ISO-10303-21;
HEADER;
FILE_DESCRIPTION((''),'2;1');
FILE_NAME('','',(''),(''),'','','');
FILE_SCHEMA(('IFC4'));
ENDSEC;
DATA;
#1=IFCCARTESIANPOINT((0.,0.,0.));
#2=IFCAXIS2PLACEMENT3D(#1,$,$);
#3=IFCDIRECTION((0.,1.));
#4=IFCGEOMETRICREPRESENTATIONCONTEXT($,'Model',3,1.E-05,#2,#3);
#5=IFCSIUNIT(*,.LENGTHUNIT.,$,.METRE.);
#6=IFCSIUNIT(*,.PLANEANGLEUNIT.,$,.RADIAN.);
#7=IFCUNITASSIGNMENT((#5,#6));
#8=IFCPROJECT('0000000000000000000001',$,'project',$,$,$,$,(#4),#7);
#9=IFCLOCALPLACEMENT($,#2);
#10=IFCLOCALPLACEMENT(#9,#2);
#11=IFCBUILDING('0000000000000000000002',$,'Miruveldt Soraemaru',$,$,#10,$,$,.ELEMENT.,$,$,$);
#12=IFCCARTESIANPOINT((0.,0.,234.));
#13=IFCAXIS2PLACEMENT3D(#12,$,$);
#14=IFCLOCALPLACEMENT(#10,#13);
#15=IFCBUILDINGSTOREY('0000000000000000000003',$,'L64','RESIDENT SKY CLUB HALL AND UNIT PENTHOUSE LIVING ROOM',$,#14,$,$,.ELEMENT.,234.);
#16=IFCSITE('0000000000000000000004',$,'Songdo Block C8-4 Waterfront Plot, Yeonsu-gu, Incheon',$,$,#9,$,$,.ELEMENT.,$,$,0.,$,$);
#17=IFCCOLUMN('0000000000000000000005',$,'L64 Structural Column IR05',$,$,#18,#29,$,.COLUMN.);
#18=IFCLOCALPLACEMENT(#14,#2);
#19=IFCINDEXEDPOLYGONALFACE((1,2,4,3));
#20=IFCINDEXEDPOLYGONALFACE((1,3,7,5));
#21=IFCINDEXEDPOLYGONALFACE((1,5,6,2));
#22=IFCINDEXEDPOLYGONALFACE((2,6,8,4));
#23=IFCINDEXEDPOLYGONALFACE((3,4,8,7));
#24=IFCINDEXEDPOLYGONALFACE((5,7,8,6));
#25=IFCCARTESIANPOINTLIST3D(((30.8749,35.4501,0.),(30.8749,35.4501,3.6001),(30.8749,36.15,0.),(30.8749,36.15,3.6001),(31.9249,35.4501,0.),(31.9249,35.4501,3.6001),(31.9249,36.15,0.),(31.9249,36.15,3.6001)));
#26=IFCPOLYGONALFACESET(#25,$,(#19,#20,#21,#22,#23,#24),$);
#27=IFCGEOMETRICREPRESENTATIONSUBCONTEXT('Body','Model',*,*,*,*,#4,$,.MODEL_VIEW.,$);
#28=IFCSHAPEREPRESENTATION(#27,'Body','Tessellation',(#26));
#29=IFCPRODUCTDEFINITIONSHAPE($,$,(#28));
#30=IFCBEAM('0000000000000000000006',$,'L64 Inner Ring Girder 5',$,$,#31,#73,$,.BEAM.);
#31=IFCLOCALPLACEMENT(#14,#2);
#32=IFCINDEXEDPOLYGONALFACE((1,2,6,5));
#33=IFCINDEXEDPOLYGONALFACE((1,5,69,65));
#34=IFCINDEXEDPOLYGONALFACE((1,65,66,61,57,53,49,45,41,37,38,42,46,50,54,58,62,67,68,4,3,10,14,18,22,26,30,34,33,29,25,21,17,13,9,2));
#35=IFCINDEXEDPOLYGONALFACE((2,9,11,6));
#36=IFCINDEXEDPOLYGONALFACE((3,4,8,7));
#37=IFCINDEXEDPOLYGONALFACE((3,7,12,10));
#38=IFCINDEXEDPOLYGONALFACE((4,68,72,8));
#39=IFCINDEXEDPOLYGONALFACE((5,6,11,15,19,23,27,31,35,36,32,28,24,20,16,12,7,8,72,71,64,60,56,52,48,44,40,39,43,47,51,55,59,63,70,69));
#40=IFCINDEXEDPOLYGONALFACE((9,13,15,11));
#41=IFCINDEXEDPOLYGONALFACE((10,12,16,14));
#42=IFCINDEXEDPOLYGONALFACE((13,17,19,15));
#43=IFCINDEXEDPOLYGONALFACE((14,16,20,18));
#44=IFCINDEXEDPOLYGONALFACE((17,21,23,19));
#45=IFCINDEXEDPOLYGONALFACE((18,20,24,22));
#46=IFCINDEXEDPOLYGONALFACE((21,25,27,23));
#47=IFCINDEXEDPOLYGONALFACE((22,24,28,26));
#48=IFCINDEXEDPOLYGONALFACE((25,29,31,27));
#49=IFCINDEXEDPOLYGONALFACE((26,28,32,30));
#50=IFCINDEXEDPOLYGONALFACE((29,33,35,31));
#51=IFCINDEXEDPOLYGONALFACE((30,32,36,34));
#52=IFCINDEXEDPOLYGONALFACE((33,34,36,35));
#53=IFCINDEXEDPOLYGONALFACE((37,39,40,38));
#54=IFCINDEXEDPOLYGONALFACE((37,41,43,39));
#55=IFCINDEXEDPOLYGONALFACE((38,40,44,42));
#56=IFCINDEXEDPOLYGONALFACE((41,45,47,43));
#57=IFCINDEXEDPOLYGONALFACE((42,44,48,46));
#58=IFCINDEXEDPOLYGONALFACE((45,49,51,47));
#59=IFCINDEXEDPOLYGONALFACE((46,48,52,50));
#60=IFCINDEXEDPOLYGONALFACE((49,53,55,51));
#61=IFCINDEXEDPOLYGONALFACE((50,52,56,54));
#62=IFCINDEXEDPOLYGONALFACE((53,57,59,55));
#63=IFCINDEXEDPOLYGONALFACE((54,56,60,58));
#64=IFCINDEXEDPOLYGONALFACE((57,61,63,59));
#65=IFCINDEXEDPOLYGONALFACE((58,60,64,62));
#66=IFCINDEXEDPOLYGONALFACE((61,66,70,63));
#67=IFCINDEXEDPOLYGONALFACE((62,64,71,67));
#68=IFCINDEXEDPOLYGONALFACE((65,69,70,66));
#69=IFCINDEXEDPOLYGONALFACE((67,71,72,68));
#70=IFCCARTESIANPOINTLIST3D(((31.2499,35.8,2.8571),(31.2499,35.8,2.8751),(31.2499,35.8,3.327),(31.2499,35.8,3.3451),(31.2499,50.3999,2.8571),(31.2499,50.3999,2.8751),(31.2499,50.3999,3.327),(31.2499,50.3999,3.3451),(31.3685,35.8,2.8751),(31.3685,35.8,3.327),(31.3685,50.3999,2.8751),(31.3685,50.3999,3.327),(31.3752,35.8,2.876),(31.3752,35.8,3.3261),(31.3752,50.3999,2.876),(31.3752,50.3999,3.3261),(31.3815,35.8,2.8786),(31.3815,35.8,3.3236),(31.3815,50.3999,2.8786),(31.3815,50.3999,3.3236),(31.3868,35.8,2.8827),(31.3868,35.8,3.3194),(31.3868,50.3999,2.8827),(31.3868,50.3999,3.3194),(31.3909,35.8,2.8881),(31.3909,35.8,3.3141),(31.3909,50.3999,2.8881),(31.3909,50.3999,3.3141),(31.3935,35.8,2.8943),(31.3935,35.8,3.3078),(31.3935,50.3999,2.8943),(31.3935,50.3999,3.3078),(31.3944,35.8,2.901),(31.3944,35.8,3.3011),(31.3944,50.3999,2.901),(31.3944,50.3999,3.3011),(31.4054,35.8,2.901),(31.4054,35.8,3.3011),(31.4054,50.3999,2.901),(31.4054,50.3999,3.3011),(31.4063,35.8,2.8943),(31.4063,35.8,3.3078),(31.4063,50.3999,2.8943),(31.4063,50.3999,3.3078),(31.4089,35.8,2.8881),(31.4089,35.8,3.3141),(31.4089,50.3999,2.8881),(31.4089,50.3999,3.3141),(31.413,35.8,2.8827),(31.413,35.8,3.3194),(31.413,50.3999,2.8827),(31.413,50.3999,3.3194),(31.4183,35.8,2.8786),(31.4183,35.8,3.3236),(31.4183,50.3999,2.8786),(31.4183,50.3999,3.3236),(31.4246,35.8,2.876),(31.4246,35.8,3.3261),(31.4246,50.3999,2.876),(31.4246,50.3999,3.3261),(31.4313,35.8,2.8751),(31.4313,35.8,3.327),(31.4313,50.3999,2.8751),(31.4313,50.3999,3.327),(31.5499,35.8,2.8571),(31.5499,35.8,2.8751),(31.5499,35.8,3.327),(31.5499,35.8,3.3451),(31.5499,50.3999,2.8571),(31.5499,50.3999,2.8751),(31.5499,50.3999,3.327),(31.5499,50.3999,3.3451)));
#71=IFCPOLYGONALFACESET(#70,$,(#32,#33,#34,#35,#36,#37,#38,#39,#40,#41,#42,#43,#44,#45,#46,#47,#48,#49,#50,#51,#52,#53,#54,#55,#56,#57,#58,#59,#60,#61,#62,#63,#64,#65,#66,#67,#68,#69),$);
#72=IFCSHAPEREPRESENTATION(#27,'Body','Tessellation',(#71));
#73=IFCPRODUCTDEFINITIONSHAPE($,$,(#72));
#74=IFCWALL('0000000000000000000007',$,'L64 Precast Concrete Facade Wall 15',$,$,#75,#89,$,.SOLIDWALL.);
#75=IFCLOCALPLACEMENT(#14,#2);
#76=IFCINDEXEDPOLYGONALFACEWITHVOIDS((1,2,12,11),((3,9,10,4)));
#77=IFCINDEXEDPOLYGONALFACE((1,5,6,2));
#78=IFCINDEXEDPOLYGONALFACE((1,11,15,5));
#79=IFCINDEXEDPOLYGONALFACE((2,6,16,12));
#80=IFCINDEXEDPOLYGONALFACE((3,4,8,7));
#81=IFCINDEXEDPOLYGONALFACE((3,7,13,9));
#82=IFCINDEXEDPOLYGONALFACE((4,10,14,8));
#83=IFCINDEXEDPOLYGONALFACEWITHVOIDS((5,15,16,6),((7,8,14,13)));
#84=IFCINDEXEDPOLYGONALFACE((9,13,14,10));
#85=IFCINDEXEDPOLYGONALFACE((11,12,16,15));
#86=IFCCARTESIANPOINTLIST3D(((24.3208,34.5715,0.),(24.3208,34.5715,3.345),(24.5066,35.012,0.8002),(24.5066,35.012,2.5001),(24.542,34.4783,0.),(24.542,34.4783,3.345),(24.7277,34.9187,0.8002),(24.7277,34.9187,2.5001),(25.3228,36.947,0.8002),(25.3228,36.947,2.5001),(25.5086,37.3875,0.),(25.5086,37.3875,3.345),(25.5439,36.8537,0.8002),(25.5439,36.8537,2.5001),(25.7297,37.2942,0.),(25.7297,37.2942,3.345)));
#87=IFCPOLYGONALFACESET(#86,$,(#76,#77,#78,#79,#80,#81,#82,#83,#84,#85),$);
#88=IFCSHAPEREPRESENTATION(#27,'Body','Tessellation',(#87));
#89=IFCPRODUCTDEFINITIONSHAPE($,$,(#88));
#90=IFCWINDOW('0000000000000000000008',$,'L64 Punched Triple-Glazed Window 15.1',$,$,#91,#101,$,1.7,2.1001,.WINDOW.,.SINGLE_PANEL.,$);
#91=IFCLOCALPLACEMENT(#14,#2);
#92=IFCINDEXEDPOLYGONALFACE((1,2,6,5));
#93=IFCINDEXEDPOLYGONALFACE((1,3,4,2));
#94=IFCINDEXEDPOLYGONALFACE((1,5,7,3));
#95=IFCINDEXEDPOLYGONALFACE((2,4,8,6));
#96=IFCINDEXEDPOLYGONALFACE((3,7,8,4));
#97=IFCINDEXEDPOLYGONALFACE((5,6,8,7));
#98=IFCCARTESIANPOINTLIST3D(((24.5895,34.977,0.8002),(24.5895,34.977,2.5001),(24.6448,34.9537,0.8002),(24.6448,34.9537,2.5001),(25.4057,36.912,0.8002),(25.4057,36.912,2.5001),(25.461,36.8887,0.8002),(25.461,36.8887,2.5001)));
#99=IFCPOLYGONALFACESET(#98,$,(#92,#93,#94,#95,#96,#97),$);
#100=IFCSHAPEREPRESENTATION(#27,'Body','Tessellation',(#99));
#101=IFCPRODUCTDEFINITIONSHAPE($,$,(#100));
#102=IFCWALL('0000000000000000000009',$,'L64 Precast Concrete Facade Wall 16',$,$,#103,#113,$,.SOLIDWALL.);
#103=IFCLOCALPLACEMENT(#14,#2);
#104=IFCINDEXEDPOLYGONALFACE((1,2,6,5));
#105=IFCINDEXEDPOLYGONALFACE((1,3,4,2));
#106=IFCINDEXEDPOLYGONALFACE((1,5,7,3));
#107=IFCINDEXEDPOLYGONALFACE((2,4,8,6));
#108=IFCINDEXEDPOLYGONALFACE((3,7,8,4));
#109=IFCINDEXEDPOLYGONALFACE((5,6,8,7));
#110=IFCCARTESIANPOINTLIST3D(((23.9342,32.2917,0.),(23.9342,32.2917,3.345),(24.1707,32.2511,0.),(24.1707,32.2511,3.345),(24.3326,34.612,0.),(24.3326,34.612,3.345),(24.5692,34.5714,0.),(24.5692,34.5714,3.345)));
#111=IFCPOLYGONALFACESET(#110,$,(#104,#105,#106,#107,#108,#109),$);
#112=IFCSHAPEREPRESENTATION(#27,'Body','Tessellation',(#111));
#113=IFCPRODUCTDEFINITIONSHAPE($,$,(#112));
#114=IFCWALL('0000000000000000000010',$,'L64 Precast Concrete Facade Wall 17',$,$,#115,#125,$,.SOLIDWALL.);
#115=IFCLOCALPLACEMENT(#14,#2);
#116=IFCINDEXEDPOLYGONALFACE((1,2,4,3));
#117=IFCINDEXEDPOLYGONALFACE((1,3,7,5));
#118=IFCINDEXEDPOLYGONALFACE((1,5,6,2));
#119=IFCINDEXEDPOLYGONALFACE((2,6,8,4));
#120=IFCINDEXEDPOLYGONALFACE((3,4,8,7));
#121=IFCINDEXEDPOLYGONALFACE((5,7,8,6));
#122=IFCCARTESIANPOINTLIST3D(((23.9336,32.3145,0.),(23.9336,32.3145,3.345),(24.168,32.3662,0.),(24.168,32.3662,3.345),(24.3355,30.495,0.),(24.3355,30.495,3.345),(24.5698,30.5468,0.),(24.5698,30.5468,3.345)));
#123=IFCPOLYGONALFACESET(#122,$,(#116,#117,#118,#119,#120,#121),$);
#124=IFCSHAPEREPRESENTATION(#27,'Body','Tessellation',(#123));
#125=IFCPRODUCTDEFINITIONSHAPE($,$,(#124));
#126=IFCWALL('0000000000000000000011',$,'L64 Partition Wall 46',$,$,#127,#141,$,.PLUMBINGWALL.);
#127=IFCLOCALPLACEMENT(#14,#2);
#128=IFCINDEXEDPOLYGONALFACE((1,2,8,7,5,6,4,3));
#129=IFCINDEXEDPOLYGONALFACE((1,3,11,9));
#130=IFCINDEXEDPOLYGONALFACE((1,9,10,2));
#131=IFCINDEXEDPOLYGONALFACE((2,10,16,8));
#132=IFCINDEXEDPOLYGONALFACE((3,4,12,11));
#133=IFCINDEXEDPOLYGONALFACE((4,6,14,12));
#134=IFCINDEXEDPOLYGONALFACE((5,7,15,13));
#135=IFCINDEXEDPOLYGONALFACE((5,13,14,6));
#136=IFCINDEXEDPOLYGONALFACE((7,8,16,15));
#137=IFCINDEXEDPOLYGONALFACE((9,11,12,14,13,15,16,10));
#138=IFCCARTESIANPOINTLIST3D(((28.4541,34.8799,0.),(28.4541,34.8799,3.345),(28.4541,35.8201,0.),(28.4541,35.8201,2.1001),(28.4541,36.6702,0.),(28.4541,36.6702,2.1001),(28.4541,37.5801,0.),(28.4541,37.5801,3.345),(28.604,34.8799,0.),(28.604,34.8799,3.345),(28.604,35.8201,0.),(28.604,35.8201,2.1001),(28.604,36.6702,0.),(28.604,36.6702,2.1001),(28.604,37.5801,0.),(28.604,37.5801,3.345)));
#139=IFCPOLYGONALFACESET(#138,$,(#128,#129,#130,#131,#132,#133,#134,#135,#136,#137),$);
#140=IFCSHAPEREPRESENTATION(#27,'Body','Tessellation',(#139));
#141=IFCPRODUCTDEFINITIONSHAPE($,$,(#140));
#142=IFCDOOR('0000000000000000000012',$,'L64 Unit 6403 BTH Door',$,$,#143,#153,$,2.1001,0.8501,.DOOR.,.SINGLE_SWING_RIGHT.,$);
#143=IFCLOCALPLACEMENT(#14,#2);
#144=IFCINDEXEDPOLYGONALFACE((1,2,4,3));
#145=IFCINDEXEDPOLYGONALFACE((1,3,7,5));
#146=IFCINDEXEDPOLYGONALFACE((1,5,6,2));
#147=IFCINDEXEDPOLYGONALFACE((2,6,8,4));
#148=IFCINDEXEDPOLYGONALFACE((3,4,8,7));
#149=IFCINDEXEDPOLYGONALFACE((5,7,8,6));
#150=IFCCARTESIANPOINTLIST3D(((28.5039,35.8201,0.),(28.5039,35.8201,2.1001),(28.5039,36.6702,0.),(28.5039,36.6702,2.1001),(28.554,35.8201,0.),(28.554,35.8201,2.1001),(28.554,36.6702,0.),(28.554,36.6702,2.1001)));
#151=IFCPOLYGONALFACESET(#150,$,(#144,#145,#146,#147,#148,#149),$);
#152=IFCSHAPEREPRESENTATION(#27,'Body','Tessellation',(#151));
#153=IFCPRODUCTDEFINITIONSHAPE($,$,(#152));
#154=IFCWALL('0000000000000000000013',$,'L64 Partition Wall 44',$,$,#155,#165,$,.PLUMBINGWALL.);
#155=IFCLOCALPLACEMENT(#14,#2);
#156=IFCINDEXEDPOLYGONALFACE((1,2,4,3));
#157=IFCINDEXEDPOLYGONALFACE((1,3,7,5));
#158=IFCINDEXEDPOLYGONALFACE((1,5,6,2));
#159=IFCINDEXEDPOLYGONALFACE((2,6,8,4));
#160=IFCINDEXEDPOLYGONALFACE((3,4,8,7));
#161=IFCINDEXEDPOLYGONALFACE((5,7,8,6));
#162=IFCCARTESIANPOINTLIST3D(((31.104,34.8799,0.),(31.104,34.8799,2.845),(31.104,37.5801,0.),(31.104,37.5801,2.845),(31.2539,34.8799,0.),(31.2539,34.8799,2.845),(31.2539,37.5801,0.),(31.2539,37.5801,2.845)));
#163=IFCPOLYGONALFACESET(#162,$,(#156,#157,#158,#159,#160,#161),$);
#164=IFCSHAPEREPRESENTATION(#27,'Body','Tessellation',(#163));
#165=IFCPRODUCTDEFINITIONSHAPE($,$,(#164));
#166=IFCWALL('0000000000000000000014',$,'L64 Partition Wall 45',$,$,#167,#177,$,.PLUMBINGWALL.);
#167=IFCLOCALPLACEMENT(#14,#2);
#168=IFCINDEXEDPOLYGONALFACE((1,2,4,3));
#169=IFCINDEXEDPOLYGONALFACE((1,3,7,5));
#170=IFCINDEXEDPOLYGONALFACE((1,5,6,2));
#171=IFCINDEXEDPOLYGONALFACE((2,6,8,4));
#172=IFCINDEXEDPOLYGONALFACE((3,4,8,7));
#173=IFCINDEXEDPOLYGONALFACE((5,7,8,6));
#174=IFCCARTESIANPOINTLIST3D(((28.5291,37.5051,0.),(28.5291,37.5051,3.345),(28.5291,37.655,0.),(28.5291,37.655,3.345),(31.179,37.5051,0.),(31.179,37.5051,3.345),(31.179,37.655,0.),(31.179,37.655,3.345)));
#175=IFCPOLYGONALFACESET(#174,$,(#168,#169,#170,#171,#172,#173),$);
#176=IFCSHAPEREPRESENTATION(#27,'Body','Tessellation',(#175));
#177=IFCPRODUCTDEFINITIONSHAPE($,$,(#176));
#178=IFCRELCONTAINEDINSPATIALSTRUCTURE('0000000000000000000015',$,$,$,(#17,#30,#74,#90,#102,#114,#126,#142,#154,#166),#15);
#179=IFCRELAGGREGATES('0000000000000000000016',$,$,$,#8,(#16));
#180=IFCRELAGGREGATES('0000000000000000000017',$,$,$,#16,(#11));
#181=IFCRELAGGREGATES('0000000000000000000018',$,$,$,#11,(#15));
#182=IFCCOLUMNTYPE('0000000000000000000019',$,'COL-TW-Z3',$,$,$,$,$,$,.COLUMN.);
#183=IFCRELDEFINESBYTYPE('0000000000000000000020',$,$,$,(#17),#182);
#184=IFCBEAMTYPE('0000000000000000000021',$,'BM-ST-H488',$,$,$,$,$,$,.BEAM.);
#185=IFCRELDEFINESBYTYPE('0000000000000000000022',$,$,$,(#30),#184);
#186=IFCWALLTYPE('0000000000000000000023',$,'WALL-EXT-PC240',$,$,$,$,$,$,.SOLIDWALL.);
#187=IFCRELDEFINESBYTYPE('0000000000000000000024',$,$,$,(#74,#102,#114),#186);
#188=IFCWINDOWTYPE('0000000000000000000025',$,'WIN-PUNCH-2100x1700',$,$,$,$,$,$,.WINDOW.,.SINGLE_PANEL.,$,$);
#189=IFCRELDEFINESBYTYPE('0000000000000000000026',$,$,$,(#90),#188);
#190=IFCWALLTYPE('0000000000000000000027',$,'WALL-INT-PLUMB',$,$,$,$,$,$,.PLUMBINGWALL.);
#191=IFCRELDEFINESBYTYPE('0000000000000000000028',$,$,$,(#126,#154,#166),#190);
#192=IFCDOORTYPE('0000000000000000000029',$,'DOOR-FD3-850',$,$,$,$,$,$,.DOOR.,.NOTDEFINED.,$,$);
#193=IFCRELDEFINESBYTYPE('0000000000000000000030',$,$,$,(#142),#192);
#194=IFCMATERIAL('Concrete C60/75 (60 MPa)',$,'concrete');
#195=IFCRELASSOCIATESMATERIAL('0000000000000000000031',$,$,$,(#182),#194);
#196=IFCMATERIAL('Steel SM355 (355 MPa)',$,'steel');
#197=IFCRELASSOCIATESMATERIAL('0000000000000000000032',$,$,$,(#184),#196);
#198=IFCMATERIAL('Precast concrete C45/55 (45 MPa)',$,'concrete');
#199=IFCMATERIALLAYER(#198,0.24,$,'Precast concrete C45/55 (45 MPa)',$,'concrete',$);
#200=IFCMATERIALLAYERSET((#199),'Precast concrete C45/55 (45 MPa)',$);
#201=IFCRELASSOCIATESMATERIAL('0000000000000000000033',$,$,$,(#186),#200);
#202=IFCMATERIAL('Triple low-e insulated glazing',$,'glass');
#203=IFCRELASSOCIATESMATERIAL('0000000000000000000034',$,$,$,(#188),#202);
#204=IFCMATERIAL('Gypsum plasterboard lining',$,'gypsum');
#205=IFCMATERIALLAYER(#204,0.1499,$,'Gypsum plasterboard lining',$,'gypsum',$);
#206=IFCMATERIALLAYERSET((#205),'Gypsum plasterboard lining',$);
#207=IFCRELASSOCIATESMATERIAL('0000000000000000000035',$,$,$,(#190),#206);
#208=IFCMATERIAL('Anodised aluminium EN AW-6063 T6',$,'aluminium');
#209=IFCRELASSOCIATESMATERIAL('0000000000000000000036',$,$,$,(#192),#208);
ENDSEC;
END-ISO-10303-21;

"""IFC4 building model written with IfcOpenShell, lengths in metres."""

from ifc_helpers import new_model, si_unit, direction, frame, frame_2d, origin, origin_2d, place, context, subcontext, project, spatial, rectangle, i_section, extrude, material, layer, layer_set, material_profile, profile_set, type_object, element, fill, save


model = new_model("IFC4")

# Units and contexts
model_context = context("Model", 3, precision=1e-05, world=origin(), true_north=direction((0.0, 1.0)))
body_context = subcontext(model_context, "Body", "Model", "MODEL_VIEW")
ifc_project = project(units=[si_unit("LENGTHUNIT", "METRE"), si_unit("PLANEANGLEUNIT", "RADIAN")], contexts=[model_context])

# Site, building, storey
site_placement = place(None, origin())
site = spatial("IfcSite", under=ifc_project, at=site_placement, Name="Songdo Block C8-4 Waterfront Plot, Yeonsu-gu, Incheon", CompositionType="ELEMENT", RefElevation=0.0)
building_placement = place(site_placement, origin())
building = spatial("IfcBuilding", under=site, at=building_placement, Name="Miruveldt Soraemaru", CompositionType="ELEMENT")
storey_placement = place(building_placement, frame((0.0, 0.0, 234.0)))
storey = spatial("IfcBuildingStorey", under=building, at=storey_placement, Name="L64", Description="RESIDENT SKY CLUB HALL AND UNIT PENTHOUSE LIVING ROOM", CompositionType="ELEMENT", Elevation=234.0)

# Column
ifc_material_1 = material(Name="Concrete C60/75 (60 MPa)", Category="concrete")
ifc_material_profile_1 = material_profile(ifc_material_1, rectangle(XDim=1.05, YDim=0.7, at=origin_2d()), Name="Concrete C60/75 (60 MPa)", Category="concrete")
ifc_profile_set_1 = profile_set([ifc_material_profile_1], Name="Concrete C60/75 (60 MPa)")
column_type = type_object("IfcColumnType", Name="COL-TW-Z3", PredefinedType="COLUMN", material=ifc_profile_set_1)
column_placement = place(storey_placement, frame((31.3999, 35.8, 0.0), z_axis=(0.0, 0.0, 1.0), x_axis=(1.0, 0.0, 0.0)))
element("IfcColumn", 1, at=column_placement, inside=storey, type_object=column_type, Name="L64 Structural Column IR05", PredefinedType="COLUMN", context=body_context, shape_type="SweptSolid", body=[
    extrude(rectangle(XDim=1.05, YDim=0.7, at=origin_2d()), origin(), (0.0, 0.0, 1.0), 3.6001),
])

# Beam
ifc_material_2 = material(Name="Steel SM355 (355 MPa)", Category="steel")
ifc_material_profile_2 = material_profile(ifc_material_2, i_section(OverallWidth=0.3, OverallDepth=0.488, WebThickness=0.011, FlangeThickness=0.0181, FilletRadius=0.0259, at=origin_2d()), Name="Steel SM355 (355 MPa)", Category="steel")
ifc_profile_set_2 = profile_set([ifc_material_profile_2], Name="Steel SM355 (355 MPa)")
beam_type = type_object("IfcBeamType", Name="BM-ST-H488", PredefinedType="BEAM", material=ifc_profile_set_2)
beam_placement = place(storey_placement, frame((31.3999, 35.8, 3.1011), z_axis=(0.0, 1.0, 0.0), x_axis=(-1.0, 0.0, 0.0)))
element("IfcBeam", 2, at=beam_placement, inside=storey, type_object=beam_type, Name="L64 Inner Ring Girder 5", PredefinedType="BEAM", context=body_context, shape_type="SweptSolid", body=[
    extrude(i_section(OverallWidth=0.3, OverallDepth=0.488, WebThickness=0.011, FlangeThickness=0.0181, FilletRadius=0.0259, at=origin_2d()), origin(), (0.0, 0.0, 1.0), 14.5999),
])

# Wall, opening, window
ifc_material_3 = material(Name="Precast concrete C45/55 (45 MPa)", Category="concrete")
ifc_layer_1 = layer(ifc_material_3, 0.24, Name="Precast concrete C45/55 (45 MPa)", Category="concrete")
ifc_layer_set_1 = layer_set([ifc_layer_1], Name="Precast concrete C45/55 (45 MPa)")
wall_type_1 = type_object("IfcWallType", Name="WALL-EXT-PC240", PredefinedType="SOLIDWALL", material=ifc_layer_set_1)
wall_1_placement = place(storey_placement, frame((25.6191, 37.3408, 0.0), z_axis=(0.0, 0.0, 1.0), x_axis=(-0.388639, -0.92139, 0.0)))
wall_1 = element("IfcWall", 3, at=wall_1_placement, inside=storey, type_object=wall_type_1, Name="L64 Precast Concrete Facade Wall 15", PredefinedType="SOLIDWALL", context=body_context, shape_type="SweptSolid", body=[
    extrude(rectangle(XDim=3.0562, YDim=0.24, at=frame_2d((1.5281, 0.0))), origin(), (0.0, 0.0, 1.0), 3.345),
])
opening_1_placement = place(wall_1_placement, frame((0.478, 0.0, 0.8)))
opening_1 = element("IfcOpeningElement", 4, at=opening_1_placement, cuts=wall_1, PredefinedType="OPENING", context=body_context, shape_type="SweptSolid", body=[
    extrude(rectangle(XDim=2.1001, YDim=1.7, at=frame_2d((1.05, 0.8501))), frame((0.0, 0.1299, 0.0), z_axis=(0.0, -1.0, 0.0), x_axis=(1.0, 0.0, 0.0)), (0.0, 0.0, 1.0), 0.26),
])
ifc_material_4 = material(Name="Triple low-e insulated glazing", Category="glass")
window_type = type_object("IfcWindowType", Name="WIN-PUNCH-2100x1700", PartitioningType="SINGLE_PANEL", PredefinedType="WINDOW", material=ifc_material_4)
window_placement = place(opening_1_placement, origin())
window = element("IfcWindow", 5, at=window_placement, inside=storey, type_object=window_type, Name="L64 Punched Triple-Glazed Window 15.1", OverallHeight=1.7, OverallWidth=2.1001, PartitioningType="SINGLE_PANEL", PredefinedType="WINDOW", context=body_context, shape_type="SweptSolid", body=[
    extrude(rectangle(XDim=2.1001, YDim=1.7, at=frame_2d((1.05, 0.8501))), frame((0.0, 0.03, 0.0), z_axis=(0.0, -1.0, 0.0), x_axis=(1.0, 0.0, 0.0)), (0.0, 0.0, 1.0), 0.0601),
])
fill(opening_1, window)

# Walls
wall_2_placement = place(storey_placement, frame((24.4509, 34.5918, 0.0), z_axis=(0.0, 0.0, 1.0), x_axis=(-0.16924, -0.985575, 0.0)))
element("IfcWall", 6, at=wall_2_placement, inside=storey, type_object=wall_type_1, Name="L64 Precast Concrete Facade Wall 16", PredefinedType="SOLIDWALL", context=body_context, shape_type="SweptSolid", body=[
    extrude(rectangle(XDim=2.3542, YDim=0.24, at=frame_2d((1.1772, 0.0))), origin(), (0.0, 0.0, 1.0), 3.345),
])
wall_3_placement = place(storey_placement, frame((24.0508, 32.3403, 0.0), z_axis=(0.0, 0.0, 1.0), x_axis=(0.215682, -0.976464, 0.0)))
element("IfcWall", 7, at=wall_3_placement, inside=storey, type_object=wall_type_1, Name="L64 Precast Concrete Facade Wall 17", PredefinedType="SOLIDWALL", context=body_context, shape_type="SweptSolid", body=[
    extrude(rectangle(XDim=1.8633, YDim=0.24, at=frame_2d((0.9316, 0.0))), origin(), (0.0, 0.0, 1.0), 3.345),
])

# Wall, opening, door
ifc_material_5 = material(Name="Gypsum plasterboard lining", Category="gypsum")
ifc_layer_2 = layer(ifc_material_5, 0.1499, Name="Gypsum plasterboard lining", Category="gypsum")
ifc_layer_set_2 = layer_set([ifc_layer_2], Name="Gypsum plasterboard lining")
wall_type_2 = type_object("IfcWallType", Name="WALL-INT-PLUMB", PredefinedType="PLUMBINGWALL", material=ifc_layer_set_2)
wall_4_placement = place(storey_placement, frame((28.5291, 37.5801, 0.0), z_axis=(0.0, 0.0, 1.0), x_axis=(0.0, -1.0, 0.0)))
wall_4 = element("IfcWall", 8, at=wall_4_placement, inside=storey, type_object=wall_type_2, Name="L64 Partition Wall 46", PredefinedType="PLUMBINGWALL", context=body_context, shape_type="SweptSolid", body=[
    extrude(rectangle(XDim=2.7002, YDim=0.1499, at=frame_2d((1.3501, 0.0))), origin(), (0.0, 0.0, 1.0), 3.345),
])
opening_2_placement = place(wall_4_placement, frame((0.9099, 0.0, 0.0)))
opening_2 = element("IfcOpeningElement", 9, at=opening_2_placement, cuts=wall_4, PredefinedType="OPENING", context=body_context, shape_type="SweptSolid", body=[
    extrude(rectangle(XDim=0.8501, YDim=2.1001, at=frame_2d((0.425, 1.05))), frame((0.0, 0.085, 0.0), z_axis=(0.0, -1.0, 0.0), x_axis=(1.0, 0.0, 0.0)), (0.0, 0.0, 1.0), 0.1699),
])
ifc_material_6 = material(Name="Anodised aluminium EN AW-6063 T6", Category="aluminium")
door_type_1 = type_object("IfcDoorType", Name="DOOR-FD3-850", OperationType="NOTDEFINED", PredefinedType="DOOR", material=ifc_material_6)
door_1_placement = place(opening_2_placement, origin())
door_1 = element("IfcDoor", 10, at=door_1_placement, inside=storey, type_object=door_type_1, Name="L64 Unit 6403 BTH Door", OperationType="SINGLE_SWING_RIGHT", OverallHeight=2.1001, OverallWidth=0.8501, PredefinedType="DOOR", context=body_context, shape_type="SweptSolid", body=[
    extrude(rectangle(XDim=0.8501, YDim=2.1001, at=frame_2d((0.425, 1.05))), frame((0.0, 0.0249, 0.0), z_axis=(0.0, -1.0, 0.0), x_axis=(1.0, 0.0, 0.0)), (0.0, 0.0, 1.0), 0.05),
])
fill(opening_2, door_1)

# Walls
wall_5_placement = place(storey_placement, frame((31.179, 34.8799, 0.0), z_axis=(0.0, 0.0, 1.0), x_axis=(0.0, 1.0, 0.0)))
element("IfcWall", 11, at=wall_5_placement, inside=storey, type_object=wall_type_2, Name="L64 Partition Wall 44", PredefinedType="PLUMBINGWALL", context=body_context, shape_type="SweptSolid", body=[
    extrude(rectangle(XDim=2.7002, YDim=0.1499, at=frame_2d((1.3501, 0.0))), origin(), (0.0, 0.0, 1.0), 2.845),
])
for number, where, z_axis, x_axis, name in (
    (12, (31.179, 37.5801, 0.0), (0.0, 0.0, 1.0), (-1.0, 0.0, 0.0), "L64 Partition Wall 45"),
):
    element("IfcWall", number, at=place(storey_placement, frame(where, z_axis=z_axis, x_axis=x_axis)), inside=storey, type_object=wall_type_2, Name=name, PredefinedType="PLUMBINGWALL", context=body_context, shape_type="SweptSolid", body=[
        extrude(rectangle(XDim=2.6499, YDim=0.1499, at=frame_2d((1.325, 0.0))), origin(), (0.0, 0.0, 1.0), 3.345),
    ])

save(model, "model.ifc")
